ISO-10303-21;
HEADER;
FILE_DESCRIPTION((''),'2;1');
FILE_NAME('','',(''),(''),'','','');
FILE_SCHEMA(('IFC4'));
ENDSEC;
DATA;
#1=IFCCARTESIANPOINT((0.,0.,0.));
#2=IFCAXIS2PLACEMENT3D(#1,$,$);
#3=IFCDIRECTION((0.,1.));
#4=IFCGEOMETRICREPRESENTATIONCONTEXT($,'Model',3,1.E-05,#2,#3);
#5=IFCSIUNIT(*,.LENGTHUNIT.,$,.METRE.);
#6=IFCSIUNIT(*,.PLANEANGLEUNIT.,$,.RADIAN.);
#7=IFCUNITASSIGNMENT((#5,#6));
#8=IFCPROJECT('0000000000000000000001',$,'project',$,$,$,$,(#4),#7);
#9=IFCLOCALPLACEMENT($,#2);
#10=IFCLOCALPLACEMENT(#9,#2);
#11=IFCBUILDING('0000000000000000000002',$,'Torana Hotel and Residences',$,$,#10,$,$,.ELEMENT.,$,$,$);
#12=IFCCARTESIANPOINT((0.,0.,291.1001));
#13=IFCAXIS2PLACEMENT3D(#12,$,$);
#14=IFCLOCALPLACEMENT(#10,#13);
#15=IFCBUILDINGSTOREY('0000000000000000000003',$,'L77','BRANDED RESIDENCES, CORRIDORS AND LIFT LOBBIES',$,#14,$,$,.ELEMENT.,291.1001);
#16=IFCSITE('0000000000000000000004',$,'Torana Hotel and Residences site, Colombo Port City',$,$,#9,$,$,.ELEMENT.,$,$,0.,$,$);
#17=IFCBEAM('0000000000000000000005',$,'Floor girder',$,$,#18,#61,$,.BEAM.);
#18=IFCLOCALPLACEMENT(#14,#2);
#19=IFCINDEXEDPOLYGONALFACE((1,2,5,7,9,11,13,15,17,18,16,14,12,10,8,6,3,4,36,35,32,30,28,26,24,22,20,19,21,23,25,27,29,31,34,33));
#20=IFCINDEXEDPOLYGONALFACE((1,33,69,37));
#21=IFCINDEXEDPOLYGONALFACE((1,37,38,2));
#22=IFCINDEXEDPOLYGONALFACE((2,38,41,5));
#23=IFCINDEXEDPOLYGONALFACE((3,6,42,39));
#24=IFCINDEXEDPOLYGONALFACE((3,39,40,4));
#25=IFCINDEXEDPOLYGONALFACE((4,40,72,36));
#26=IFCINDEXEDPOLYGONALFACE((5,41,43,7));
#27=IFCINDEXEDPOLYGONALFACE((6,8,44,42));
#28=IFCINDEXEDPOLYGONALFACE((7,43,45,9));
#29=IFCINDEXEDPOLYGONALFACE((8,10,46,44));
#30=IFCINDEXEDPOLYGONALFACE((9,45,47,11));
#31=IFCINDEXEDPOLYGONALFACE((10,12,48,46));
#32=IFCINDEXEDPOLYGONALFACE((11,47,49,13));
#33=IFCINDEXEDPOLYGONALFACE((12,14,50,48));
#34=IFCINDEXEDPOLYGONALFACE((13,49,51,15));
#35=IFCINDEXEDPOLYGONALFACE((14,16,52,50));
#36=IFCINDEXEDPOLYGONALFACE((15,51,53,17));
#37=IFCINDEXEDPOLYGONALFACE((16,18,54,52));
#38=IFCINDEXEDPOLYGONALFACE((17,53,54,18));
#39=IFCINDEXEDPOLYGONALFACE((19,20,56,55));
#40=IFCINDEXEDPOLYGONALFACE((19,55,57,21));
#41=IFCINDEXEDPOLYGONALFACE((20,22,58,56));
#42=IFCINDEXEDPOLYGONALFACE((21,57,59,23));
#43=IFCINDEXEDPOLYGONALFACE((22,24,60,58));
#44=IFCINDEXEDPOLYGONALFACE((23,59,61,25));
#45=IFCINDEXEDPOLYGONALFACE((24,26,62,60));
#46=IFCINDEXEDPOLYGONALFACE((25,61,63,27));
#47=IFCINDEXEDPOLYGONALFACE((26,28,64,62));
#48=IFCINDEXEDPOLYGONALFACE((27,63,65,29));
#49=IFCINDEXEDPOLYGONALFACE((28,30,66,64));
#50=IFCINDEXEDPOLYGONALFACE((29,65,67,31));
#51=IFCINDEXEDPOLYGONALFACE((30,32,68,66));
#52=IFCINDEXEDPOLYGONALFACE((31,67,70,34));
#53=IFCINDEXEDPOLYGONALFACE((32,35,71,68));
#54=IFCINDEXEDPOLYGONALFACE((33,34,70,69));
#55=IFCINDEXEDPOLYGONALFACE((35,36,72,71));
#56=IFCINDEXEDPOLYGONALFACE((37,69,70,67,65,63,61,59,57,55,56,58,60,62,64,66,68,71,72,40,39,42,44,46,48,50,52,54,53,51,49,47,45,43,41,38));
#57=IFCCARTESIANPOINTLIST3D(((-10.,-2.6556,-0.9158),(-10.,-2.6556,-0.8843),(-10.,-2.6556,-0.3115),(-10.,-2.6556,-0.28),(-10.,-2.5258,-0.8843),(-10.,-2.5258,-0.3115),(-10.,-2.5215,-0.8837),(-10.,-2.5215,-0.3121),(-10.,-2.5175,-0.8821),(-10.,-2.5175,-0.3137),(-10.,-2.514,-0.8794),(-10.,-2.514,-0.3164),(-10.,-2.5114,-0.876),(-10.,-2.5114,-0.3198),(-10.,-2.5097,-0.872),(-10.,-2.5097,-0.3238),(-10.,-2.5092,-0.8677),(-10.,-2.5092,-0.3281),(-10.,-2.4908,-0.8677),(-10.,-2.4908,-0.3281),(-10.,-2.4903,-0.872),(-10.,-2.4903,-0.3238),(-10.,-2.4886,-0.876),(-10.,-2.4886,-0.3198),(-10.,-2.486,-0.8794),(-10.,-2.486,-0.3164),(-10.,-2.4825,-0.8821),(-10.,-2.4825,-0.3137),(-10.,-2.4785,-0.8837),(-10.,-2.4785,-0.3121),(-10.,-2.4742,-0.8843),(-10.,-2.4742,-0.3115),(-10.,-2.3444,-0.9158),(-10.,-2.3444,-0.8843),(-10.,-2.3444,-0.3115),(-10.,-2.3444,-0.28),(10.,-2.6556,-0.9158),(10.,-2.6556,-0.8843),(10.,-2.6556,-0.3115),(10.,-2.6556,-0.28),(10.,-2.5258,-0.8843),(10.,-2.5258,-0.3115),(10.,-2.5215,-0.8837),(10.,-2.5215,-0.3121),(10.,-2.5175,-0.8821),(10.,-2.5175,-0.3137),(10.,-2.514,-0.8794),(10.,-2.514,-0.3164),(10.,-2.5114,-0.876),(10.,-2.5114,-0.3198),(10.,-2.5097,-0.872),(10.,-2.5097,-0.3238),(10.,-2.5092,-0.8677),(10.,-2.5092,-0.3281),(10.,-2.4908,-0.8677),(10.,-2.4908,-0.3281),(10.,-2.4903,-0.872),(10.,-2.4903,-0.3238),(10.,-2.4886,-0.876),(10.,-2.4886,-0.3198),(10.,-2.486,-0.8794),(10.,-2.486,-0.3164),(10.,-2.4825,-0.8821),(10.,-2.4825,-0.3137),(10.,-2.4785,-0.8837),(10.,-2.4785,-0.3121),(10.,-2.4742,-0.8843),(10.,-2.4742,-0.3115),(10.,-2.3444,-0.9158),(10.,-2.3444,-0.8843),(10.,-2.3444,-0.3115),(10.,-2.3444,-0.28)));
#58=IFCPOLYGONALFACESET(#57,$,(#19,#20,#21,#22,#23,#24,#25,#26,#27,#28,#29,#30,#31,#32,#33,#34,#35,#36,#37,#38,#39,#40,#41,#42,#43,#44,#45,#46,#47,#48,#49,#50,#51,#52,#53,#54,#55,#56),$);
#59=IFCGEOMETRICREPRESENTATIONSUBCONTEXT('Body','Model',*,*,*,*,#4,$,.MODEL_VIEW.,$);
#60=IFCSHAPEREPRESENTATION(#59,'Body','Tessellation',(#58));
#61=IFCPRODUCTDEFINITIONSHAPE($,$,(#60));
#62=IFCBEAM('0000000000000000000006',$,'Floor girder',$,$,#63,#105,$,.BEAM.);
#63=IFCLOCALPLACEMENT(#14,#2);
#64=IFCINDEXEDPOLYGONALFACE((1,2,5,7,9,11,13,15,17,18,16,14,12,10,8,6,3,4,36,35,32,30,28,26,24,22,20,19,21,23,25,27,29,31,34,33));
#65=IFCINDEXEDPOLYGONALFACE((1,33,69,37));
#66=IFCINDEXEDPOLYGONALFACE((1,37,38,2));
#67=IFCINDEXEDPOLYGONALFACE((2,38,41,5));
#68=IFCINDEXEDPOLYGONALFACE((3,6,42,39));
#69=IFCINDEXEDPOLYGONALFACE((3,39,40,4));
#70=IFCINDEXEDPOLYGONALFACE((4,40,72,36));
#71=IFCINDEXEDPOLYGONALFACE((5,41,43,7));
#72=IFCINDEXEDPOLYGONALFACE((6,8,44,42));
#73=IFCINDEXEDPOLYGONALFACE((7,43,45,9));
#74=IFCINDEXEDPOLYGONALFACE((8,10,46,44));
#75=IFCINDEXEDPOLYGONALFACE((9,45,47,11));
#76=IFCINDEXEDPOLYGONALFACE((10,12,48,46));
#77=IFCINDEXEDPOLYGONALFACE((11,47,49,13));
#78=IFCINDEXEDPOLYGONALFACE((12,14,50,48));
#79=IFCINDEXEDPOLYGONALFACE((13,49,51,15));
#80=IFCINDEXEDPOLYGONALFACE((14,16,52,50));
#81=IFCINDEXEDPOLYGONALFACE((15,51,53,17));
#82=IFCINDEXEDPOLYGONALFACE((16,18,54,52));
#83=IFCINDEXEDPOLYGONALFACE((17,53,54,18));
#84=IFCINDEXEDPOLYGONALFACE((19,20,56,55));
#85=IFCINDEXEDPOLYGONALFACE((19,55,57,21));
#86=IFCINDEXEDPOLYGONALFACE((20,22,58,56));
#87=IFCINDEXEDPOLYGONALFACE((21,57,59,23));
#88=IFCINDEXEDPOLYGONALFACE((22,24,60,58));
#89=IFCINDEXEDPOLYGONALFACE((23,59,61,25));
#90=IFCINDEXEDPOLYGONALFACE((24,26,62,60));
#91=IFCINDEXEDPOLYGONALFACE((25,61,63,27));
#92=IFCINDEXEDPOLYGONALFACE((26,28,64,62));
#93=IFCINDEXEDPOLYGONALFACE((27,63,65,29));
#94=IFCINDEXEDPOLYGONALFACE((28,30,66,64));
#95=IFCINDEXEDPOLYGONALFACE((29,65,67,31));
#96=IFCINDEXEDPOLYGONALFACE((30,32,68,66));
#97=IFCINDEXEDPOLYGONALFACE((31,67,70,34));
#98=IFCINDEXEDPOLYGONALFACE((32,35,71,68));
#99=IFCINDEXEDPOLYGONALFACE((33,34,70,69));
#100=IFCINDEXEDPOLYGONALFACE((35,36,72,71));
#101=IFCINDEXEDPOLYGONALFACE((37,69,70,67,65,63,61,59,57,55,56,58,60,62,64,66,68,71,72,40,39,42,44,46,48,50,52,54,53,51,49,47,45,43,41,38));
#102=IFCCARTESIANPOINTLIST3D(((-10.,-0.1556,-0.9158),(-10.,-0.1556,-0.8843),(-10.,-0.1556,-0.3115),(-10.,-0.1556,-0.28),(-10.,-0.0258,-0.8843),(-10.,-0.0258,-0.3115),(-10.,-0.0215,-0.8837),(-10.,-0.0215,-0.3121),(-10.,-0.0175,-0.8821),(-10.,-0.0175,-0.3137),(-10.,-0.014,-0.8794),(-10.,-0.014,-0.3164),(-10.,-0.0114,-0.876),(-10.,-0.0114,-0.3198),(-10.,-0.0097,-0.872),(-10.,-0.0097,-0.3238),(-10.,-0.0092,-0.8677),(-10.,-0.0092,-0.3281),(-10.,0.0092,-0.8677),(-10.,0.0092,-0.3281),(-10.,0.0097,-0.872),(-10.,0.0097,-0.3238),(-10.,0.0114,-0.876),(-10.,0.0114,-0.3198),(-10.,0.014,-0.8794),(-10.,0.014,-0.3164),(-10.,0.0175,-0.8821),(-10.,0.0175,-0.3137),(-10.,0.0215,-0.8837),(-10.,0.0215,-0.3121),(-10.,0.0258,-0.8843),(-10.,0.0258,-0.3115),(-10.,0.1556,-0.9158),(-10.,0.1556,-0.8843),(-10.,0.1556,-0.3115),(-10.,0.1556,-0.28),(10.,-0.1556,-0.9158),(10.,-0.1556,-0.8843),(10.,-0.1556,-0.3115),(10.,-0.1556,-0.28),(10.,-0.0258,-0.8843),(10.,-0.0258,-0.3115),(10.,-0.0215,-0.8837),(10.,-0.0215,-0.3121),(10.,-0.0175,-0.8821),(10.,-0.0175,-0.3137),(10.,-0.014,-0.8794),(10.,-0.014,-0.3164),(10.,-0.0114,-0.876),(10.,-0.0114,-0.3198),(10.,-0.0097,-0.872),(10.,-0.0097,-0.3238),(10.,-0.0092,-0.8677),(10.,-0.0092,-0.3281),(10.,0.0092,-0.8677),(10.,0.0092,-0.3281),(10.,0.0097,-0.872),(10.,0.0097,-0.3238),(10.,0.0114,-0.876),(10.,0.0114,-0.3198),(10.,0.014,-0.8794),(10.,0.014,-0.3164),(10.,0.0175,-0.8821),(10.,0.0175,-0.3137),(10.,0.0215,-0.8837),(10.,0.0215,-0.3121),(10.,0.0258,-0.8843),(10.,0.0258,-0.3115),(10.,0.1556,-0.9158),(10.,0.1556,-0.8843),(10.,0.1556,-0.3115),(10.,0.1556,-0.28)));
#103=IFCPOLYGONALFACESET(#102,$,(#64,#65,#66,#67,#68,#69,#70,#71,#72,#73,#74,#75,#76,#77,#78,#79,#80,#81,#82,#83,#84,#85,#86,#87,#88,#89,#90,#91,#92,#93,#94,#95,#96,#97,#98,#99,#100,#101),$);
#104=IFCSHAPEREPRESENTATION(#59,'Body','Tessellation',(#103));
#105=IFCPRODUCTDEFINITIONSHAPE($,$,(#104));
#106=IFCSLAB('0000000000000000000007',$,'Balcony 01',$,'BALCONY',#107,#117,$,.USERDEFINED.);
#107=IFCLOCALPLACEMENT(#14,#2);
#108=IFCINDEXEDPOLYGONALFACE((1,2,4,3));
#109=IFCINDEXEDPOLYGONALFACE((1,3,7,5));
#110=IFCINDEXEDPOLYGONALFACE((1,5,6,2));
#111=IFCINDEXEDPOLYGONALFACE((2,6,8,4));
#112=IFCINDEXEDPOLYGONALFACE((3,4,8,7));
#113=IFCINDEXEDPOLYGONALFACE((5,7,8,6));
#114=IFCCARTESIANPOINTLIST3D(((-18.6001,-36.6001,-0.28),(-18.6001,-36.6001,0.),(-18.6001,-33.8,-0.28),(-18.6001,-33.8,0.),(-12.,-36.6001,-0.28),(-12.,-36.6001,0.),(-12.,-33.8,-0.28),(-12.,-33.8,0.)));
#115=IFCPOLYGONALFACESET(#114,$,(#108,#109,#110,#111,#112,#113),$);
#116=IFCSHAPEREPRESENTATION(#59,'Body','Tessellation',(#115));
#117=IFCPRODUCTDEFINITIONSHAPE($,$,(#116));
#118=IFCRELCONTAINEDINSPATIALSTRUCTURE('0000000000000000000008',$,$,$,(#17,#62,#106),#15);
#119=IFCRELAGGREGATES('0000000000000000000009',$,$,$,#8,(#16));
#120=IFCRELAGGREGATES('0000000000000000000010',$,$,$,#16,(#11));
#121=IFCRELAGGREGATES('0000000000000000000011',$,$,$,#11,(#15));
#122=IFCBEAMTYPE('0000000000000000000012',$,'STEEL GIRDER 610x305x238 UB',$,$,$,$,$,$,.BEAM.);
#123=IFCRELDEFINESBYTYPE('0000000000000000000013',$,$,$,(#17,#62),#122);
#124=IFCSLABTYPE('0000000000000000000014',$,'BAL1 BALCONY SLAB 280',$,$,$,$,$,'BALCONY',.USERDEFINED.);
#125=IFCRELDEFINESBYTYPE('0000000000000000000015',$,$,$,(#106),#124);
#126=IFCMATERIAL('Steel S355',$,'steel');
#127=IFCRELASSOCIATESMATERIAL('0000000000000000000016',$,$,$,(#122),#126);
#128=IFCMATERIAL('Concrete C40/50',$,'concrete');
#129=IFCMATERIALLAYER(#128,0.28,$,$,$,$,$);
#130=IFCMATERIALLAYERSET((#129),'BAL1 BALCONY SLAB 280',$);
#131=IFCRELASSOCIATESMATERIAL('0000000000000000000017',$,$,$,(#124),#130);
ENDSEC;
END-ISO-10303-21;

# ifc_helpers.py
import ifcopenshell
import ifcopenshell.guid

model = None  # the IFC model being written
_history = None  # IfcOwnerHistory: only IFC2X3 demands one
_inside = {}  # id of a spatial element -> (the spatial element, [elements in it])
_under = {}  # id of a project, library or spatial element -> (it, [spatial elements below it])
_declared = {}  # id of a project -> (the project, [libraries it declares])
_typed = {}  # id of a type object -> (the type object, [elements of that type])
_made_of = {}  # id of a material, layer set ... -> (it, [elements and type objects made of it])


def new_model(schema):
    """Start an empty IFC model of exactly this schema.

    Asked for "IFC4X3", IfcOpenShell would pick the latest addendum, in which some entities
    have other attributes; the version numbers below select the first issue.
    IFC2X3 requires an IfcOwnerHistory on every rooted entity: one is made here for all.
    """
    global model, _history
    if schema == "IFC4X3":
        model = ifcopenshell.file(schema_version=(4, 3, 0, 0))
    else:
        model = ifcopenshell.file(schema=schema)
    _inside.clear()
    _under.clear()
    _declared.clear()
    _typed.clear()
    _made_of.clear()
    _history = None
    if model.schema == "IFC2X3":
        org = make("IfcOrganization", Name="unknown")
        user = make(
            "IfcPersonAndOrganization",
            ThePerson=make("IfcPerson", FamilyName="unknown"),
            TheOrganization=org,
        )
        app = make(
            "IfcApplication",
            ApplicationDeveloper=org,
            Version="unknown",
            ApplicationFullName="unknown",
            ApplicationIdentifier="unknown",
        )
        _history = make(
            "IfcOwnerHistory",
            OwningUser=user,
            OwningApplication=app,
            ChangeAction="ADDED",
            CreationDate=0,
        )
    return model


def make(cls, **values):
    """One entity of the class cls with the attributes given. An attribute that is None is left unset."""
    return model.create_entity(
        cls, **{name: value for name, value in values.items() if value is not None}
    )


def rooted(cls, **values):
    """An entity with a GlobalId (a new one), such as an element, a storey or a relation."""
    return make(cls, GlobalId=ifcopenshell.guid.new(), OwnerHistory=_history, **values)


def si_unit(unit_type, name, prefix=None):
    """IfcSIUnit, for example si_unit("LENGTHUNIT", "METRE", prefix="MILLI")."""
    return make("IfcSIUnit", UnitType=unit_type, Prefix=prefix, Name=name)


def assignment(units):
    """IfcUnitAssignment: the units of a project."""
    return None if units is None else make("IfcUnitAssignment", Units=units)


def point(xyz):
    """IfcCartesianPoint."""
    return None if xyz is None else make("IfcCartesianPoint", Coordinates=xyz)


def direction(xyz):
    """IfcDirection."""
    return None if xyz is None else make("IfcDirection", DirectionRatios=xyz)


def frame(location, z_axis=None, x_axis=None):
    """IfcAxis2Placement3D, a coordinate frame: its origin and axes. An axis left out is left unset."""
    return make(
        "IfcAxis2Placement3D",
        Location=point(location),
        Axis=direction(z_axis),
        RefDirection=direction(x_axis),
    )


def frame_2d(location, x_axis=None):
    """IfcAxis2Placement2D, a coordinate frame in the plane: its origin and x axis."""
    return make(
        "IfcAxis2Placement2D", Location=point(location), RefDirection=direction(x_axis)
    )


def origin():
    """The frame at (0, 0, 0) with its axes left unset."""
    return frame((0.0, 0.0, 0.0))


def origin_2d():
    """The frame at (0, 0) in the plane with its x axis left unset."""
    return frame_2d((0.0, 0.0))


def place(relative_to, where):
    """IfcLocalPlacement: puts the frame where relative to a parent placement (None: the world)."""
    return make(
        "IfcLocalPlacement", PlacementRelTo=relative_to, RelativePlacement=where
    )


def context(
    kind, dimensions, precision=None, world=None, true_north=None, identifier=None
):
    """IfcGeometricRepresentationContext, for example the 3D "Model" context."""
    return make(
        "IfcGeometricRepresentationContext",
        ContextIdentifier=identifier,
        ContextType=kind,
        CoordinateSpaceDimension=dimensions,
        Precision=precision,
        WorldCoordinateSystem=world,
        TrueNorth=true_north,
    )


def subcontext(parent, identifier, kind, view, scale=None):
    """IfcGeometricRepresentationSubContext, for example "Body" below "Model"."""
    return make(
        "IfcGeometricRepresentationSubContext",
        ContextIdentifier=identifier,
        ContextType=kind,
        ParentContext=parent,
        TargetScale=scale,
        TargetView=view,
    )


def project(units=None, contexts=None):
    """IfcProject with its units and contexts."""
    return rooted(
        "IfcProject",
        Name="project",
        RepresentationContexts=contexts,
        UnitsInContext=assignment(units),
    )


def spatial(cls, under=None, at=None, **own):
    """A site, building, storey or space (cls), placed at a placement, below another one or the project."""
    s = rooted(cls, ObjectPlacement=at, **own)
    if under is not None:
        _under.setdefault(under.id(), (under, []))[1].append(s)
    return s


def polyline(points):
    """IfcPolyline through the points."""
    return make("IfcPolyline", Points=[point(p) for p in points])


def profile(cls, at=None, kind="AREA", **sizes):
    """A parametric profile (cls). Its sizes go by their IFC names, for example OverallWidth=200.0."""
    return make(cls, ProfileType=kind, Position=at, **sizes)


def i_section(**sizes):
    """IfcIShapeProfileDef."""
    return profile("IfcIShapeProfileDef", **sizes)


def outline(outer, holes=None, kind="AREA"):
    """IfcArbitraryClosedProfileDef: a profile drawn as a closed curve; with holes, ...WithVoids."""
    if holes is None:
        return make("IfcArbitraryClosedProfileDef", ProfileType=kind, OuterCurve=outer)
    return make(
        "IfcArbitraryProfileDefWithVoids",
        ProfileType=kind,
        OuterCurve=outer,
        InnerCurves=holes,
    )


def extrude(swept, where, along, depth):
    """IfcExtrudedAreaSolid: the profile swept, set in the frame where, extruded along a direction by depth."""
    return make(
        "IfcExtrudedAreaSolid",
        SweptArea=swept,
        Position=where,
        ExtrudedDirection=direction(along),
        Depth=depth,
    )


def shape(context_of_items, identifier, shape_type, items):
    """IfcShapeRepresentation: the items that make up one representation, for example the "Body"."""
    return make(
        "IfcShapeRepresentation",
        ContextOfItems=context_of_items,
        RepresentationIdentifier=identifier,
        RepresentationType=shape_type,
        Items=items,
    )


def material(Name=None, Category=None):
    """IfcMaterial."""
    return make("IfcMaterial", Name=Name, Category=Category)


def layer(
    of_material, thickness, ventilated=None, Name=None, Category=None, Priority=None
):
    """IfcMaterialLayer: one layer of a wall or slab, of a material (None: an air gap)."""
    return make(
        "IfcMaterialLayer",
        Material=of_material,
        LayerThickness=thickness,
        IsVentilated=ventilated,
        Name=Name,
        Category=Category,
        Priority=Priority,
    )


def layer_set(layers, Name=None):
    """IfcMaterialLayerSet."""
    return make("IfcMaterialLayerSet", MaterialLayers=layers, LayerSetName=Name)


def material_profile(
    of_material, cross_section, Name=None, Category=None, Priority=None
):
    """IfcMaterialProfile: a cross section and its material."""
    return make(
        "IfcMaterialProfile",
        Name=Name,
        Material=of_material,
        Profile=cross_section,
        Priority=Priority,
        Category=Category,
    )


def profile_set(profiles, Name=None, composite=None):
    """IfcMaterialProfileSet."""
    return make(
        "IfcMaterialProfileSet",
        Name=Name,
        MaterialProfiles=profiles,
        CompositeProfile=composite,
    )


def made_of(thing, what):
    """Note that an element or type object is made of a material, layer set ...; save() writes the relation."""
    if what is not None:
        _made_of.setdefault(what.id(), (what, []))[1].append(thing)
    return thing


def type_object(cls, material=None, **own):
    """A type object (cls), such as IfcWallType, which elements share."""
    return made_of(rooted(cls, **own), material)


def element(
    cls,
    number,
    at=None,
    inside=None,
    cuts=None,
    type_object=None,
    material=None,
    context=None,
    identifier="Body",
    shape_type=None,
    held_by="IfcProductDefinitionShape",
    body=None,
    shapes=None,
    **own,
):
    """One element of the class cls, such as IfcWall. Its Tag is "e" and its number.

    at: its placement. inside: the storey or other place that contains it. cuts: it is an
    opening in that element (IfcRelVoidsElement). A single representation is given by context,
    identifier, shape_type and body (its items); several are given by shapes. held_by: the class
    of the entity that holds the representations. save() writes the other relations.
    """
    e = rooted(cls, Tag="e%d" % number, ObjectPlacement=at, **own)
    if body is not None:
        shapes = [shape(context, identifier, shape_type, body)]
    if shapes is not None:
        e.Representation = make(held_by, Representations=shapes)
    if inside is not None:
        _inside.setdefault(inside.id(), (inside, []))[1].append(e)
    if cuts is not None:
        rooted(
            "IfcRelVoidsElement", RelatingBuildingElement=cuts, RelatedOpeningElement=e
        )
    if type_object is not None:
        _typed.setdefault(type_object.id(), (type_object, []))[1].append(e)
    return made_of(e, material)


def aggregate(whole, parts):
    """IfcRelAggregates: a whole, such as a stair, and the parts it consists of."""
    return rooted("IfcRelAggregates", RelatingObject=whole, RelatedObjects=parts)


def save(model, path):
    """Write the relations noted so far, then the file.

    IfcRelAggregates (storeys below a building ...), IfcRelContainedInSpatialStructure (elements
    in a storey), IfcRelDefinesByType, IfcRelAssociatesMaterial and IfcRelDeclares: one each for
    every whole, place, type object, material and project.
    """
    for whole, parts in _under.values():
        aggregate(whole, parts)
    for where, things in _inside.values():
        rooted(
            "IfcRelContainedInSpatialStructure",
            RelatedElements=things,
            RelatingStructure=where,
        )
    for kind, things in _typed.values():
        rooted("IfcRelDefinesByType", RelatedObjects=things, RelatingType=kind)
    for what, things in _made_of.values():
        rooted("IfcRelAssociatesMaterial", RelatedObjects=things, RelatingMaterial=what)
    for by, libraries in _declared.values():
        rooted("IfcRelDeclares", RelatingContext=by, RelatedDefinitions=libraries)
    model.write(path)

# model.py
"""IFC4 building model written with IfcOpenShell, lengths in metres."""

from ifc_helpers import new_model, si_unit, direction, frame, origin, origin_2d, place, context, subcontext, project, spatial, polyline, i_section, outline, extrude, material, layer, layer_set, material_profile, profile_set, type_object, element, save


model = new_model("IFC4")

# Units and contexts
model_context = context("Model", 3, precision=1e-05, world=origin(), true_north=direction((0.0, 1.0)))
body_context = subcontext(model_context, "Body", "Model", "MODEL_VIEW")
ifc_project = project(units=[si_unit("LENGTHUNIT", "METRE"), si_unit("PLANEANGLEUNIT", "RADIAN")], contexts=[model_context])

# Site, building, storey
site_placement = place(None, origin())
site = spatial("IfcSite", under=ifc_project, at=site_placement, Name="Torana Hotel and Residences site, Colombo Port City", CompositionType="ELEMENT", RefElevation=0.0)
building_placement = place(site_placement, origin())
building = spatial("IfcBuilding", under=site, at=building_placement, Name="Torana Hotel and Residences", CompositionType="ELEMENT")
storey_placement = place(building_placement, frame((0.0, 0.0, 291.1001)))
storey = spatial("IfcBuildingStorey", under=building, at=storey_placement, Name="L77", Description="BRANDED RESIDENCES, CORRIDORS AND LIFT LOBBIES", CompositionType="ELEMENT", Elevation=291.1001)

# Beams
ifc_material_1 = material(Name="Steel S355", Category="steel")
ifc_material_profile = material_profile(ifc_material_1, i_section(OverallWidth=0.3113, OverallDepth=0.6357, WebThickness=0.0183, FlangeThickness=0.0315, FilletRadius=0.0166, at=origin_2d()), Name="610x305x238 UB")
ifc_profile_set = profile_set([ifc_material_profile], Name="Steel S355")
beam_type = type_object("IfcBeamType", Name="STEEL GIRDER 610x305x238 UB", PredefinedType="BEAM", material=ifc_profile_set)
for number, where, z_axis, x_axis, name in (
    (1, (-10.0, -2.5, -0.5979), (1.0, 0.0, 0.0), (0.0, 1.0, 0.0), "Floor girder"),
    (2, (-10.0, 0.0, -0.5979), (1.0, 0.0, 0.0), (0.0, 1.0, 0.0), "Floor girder"),
):
    element("IfcBeam", number, at=place(storey_placement, frame(where, z_axis=z_axis, x_axis=x_axis)), inside=storey, type_object=beam_type, Name=name, PredefinedType="BEAM", context=body_context, shape_type="SweptSolid", body=[
        extrude(i_section(OverallWidth=0.3113, OverallDepth=0.6357, WebThickness=0.0183, FlangeThickness=0.0315, FilletRadius=0.0166, at=origin_2d()), origin(), (0.0, 0.0, 1.0), 20.0),
    ])

# Slab
ifc_material_2 = material(Name="Concrete C40/50", Category="concrete")
ifc_layer_1 = layer(ifc_material_2, 0.28)
ifc_layer_set_1 = layer_set([ifc_layer_1], Name="BAL1 BALCONY SLAB 280")
slab_type_1 = type_object("IfcSlabType", Name="BAL1 BALCONY SLAB 280", ElementType="BALCONY", PredefinedType="USERDEFINED", material=ifc_layer_set_1)
slab_1_placement = place(storey_placement, frame((0.0, 0.0, -0.28)))
element("IfcSlab", 3, at=slab_1_placement, inside=storey, type_object=slab_type_1, Name="Balcony 01", ObjectType="BALCONY", PredefinedType="USERDEFINED", context=body_context, shape_type="SweptSolid", body=[
    extrude(outline(polyline([(-18.6001, -36.6001), (-12.0, -36.6001), (-12.0, -33.8), (-18.6001, -33.8), (-18.6001, -36.6001)])), origin(), (0.0, 0.0, 1.0), 0.28),
])

save(model, "model.ifc")
